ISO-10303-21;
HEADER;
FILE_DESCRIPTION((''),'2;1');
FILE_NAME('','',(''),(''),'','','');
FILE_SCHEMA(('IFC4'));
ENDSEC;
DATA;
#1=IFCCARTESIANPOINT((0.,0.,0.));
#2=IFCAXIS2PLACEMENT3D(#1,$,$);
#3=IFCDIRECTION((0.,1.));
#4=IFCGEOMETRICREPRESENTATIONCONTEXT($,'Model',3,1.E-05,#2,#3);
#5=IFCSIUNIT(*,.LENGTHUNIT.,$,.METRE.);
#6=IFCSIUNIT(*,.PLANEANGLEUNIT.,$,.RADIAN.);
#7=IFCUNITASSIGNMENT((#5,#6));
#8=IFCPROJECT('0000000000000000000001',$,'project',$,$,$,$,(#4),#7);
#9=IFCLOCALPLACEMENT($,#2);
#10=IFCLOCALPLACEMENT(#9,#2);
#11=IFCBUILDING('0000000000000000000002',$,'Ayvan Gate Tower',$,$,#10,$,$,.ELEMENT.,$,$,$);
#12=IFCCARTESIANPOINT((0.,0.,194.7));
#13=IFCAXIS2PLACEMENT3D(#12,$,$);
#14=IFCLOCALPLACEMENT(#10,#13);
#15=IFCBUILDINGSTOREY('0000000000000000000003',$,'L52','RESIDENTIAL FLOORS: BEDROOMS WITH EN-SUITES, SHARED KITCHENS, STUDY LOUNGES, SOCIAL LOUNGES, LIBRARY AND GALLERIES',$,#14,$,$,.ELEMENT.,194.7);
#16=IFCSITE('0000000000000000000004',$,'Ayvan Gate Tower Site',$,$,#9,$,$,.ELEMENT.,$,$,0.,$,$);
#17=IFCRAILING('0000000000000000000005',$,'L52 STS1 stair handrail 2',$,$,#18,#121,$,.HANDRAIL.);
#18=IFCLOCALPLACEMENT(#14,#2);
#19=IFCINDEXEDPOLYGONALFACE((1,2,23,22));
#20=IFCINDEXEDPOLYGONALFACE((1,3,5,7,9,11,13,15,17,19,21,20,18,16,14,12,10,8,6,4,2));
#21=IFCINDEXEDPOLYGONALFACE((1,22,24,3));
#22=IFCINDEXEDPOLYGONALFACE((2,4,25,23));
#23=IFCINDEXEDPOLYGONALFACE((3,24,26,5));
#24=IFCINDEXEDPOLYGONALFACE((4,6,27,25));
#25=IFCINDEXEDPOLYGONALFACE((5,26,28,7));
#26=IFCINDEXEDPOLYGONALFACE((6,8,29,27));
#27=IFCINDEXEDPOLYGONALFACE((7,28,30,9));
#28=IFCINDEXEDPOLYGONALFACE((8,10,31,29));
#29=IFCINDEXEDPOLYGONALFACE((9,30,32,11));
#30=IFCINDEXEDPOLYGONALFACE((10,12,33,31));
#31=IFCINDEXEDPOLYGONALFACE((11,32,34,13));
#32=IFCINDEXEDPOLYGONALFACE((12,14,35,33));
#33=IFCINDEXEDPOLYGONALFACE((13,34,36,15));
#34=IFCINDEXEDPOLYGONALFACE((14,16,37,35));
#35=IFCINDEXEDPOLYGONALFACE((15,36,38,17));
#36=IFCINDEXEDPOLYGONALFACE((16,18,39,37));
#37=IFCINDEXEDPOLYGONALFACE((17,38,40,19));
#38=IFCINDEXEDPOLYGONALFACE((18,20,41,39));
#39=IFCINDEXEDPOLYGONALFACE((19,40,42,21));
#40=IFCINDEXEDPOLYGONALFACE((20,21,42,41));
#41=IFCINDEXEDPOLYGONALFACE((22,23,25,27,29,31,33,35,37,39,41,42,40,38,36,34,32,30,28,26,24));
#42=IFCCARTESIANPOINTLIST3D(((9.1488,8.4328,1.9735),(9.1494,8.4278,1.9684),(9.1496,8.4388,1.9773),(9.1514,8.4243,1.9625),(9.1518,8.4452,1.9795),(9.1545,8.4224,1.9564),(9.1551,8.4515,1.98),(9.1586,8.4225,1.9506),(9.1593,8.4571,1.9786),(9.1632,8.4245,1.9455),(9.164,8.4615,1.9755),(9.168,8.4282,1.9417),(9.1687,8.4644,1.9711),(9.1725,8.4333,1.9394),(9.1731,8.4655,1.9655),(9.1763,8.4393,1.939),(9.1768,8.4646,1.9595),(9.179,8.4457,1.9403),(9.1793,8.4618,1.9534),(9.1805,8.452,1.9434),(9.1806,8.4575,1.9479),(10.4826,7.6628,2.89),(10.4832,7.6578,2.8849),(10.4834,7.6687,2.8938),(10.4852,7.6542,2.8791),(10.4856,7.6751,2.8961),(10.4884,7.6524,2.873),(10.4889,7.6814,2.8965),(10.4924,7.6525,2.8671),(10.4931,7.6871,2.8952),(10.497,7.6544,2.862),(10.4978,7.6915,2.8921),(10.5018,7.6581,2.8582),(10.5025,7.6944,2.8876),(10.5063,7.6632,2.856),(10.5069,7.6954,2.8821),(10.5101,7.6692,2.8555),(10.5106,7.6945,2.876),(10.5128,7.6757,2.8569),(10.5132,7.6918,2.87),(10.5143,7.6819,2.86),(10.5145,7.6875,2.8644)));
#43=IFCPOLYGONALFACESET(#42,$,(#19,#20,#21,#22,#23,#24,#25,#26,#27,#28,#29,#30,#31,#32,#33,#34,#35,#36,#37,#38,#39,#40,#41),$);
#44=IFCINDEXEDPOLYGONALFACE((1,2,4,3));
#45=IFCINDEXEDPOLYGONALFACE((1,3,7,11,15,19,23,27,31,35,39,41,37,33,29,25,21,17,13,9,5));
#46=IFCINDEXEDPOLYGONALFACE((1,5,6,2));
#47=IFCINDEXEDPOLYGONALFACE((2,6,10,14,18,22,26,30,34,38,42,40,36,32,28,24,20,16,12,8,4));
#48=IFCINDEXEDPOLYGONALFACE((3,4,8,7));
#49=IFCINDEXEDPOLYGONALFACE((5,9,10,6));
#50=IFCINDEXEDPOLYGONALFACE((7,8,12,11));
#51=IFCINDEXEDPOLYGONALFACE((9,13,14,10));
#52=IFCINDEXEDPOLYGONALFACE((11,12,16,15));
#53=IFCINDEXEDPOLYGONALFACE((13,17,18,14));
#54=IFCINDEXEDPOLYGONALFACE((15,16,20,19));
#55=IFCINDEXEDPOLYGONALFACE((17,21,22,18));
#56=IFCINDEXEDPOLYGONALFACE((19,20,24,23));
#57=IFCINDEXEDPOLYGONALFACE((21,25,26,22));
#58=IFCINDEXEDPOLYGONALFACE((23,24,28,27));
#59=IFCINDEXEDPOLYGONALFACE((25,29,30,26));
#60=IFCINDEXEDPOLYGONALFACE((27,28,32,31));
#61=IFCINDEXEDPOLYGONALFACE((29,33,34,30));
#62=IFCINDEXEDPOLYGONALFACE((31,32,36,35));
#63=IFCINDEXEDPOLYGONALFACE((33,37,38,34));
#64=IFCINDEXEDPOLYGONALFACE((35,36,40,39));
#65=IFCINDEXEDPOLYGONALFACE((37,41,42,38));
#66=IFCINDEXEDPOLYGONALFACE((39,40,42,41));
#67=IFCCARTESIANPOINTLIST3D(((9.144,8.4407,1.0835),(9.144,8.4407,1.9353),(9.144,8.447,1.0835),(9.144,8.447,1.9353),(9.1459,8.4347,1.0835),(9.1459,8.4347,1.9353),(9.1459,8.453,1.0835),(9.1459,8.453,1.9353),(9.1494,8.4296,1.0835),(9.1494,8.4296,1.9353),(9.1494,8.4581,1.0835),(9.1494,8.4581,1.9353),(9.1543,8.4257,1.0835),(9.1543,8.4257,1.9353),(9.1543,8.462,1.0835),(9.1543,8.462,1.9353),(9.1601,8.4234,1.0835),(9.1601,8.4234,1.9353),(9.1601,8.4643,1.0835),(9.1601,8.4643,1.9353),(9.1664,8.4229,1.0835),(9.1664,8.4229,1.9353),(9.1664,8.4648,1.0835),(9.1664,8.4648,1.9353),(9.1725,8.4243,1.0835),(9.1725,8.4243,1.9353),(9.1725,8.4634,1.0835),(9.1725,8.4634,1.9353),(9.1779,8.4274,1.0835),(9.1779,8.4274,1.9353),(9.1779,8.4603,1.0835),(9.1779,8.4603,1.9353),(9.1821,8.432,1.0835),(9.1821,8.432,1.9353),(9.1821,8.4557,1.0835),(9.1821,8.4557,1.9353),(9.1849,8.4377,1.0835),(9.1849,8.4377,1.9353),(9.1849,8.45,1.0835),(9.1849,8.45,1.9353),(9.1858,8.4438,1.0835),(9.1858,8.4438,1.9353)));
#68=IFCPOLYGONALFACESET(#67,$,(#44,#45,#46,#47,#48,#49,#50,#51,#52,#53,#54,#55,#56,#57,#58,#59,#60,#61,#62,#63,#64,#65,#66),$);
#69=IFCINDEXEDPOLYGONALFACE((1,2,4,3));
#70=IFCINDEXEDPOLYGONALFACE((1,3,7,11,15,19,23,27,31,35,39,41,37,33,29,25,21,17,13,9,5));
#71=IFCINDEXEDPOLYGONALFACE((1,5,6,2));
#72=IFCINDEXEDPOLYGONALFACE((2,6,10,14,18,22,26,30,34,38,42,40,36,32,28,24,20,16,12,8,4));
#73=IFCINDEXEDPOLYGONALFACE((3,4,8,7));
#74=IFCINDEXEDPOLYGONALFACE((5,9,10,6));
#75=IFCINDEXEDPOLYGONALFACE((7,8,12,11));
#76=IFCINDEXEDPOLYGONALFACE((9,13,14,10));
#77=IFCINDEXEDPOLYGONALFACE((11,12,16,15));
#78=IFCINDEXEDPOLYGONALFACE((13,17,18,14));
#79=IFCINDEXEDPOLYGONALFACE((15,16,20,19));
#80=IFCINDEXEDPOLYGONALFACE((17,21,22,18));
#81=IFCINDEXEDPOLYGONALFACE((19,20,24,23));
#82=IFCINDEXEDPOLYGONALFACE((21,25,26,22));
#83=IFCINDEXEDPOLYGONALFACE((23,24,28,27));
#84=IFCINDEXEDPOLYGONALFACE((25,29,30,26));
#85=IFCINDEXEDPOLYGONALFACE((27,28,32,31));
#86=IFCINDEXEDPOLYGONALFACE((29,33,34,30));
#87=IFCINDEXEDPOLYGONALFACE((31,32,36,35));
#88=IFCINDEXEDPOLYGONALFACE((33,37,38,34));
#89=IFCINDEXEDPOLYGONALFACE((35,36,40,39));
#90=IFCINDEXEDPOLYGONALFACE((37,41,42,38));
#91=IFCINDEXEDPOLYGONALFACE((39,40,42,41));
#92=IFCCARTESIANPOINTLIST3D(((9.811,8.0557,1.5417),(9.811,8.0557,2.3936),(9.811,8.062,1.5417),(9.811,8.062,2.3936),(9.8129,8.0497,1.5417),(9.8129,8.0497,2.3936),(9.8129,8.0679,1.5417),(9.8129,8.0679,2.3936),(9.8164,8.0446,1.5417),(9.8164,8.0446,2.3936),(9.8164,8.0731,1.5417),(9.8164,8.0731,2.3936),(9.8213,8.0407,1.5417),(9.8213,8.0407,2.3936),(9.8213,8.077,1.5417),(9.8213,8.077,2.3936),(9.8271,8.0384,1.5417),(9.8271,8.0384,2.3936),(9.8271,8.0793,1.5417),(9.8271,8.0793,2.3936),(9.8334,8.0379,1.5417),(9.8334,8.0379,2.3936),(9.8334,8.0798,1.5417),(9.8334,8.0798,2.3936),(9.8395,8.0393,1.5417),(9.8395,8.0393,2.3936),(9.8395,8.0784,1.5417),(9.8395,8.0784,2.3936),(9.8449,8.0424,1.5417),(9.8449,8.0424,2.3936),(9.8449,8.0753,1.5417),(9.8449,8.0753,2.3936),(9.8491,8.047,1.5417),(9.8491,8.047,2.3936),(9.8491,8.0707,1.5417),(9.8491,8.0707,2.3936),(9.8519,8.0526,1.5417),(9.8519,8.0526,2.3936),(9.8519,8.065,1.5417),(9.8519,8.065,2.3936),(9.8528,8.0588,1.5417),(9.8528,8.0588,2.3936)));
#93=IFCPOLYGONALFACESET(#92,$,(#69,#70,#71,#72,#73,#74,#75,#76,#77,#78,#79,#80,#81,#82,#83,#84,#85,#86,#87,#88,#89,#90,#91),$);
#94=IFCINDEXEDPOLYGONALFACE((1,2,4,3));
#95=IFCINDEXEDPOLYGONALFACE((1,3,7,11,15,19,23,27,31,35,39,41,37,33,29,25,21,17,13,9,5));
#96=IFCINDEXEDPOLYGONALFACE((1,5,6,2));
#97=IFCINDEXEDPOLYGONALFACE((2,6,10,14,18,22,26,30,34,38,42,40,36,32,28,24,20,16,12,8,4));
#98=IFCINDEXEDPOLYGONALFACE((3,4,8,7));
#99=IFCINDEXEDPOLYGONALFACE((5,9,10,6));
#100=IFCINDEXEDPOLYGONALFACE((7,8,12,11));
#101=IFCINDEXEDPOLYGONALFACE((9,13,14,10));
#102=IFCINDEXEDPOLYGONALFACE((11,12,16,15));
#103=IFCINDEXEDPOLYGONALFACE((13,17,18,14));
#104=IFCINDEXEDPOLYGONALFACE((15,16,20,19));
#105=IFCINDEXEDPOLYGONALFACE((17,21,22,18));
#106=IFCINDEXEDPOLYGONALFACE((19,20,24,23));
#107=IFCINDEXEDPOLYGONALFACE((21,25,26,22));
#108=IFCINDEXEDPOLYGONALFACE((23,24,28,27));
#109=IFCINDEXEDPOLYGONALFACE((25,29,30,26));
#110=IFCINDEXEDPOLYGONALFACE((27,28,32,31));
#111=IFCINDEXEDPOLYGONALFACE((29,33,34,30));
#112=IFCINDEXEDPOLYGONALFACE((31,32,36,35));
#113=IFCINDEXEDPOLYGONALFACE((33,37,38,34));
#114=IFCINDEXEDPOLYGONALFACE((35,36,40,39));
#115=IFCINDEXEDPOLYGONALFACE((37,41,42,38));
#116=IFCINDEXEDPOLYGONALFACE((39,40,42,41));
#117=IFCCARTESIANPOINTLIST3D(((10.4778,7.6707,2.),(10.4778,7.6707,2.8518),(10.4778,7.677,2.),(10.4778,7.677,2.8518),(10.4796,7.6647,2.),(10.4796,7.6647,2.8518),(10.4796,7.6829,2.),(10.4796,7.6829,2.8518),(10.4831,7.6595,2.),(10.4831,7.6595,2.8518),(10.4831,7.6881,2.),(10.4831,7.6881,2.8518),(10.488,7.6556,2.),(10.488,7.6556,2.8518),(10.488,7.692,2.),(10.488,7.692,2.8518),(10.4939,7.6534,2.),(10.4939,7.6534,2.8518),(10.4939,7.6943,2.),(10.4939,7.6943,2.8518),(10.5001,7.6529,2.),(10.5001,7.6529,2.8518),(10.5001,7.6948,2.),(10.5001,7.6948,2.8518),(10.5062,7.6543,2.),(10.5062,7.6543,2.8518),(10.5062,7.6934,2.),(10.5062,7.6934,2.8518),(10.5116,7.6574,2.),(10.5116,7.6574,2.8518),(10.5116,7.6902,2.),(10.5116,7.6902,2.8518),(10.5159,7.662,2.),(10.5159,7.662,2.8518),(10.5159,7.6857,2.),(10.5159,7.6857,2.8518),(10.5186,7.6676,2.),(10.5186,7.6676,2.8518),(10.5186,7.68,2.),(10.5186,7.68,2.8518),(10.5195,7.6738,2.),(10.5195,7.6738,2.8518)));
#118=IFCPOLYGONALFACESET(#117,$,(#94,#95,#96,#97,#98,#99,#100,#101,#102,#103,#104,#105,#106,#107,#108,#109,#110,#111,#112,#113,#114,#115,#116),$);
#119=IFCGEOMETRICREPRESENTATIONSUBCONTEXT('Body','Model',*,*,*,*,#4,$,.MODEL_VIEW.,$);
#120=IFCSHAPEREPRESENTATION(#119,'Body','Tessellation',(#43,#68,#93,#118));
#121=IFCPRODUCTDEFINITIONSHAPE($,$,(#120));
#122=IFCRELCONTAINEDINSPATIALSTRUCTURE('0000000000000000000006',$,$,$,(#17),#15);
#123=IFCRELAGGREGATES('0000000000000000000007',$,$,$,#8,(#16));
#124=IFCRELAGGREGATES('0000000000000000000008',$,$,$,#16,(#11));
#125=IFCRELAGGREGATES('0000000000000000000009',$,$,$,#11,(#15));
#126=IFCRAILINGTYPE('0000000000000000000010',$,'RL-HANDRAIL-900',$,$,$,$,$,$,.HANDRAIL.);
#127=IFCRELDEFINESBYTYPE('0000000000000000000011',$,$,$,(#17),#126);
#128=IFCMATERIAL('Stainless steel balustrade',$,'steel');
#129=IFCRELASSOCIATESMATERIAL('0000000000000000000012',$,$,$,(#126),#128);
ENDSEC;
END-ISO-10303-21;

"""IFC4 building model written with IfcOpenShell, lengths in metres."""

from ifc_helpers import new_model, si_unit, direction, frame, origin, origin_2d, place, context, subcontext, project, spatial, circle, extrude, material, type_object, element, save


model = new_model("IFC4")

# Units and contexts
model_context = context("Model", 3, precision=1e-05, world=origin(), true_north=direction((0.0, 1.0)))
body_context = subcontext(model_context, "Body", "Model", "MODEL_VIEW")
ifc_project = project(units=[si_unit("LENGTHUNIT", "METRE"), si_unit("PLANEANGLEUNIT", "RADIAN")], contexts=[model_context])

# Site, building, storey
site_placement = place(None, origin())
site = spatial("IfcSite", under=ifc_project, at=site_placement, Name="Ayvan Gate Tower Site", CompositionType="ELEMENT", RefElevation=0.0)
building_placement = place(site_placement, origin())
building = spatial("IfcBuilding", under=site, at=building_placement, Name="Ayvan Gate Tower", CompositionType="ELEMENT")
storey_placement = place(building_placement, frame((0.0, 0.0, 194.7)))
storey = spatial("IfcBuildingStorey", under=building, at=storey_placement, Name="L52", Description="RESIDENTIAL FLOORS: BEDROOMS WITH EN-SUITES, SHARED KITCHENS, STUDY LOUNGES, SOCIAL LOUNGES, LIBRARY AND GALLERIES", CompositionType="ELEMENT", Elevation=194.7)

# Railing
ifc_material_1 = material(Name="Stainless steel balustrade", Category="steel")
railing_type_1 = type_object("IfcRailingType", Name="RL-HANDRAIL-900", PredefinedType="HANDRAIL", material=ifc_material_1)
railing_1_placement = place(storey_placement, frame((9.1648, 8.4438, 1.0835)))
element("IfcRailing", 1, at=railing_1_placement, inside=storey, type_object=railing_type_1, Name="L52 STS1 stair handrail 2", PredefinedType="HANDRAIL", context=body_context, shape_type="SweptSolid", body=[
    extrude(circle(Radius=0.0239, at=origin_2d()), frame((0.0, 0.0, 0.876), z_axis=(0.744216, -0.429664, 0.511401), x_axis=(0.499992, 0.86603, 0.0)), (0.0, 0.0, 1.0), 1.7922),
    extrude(circle(Radius=0.021, at=origin_2d()), origin(), (0.0, 0.0, 1.0), 0.8518),
    extrude(circle(Radius=0.021, at=origin_2d()), frame((0.667, -0.385, 0.4583)), (0.0, 0.0, 1.0), 0.8518),
    extrude(circle(Radius=0.021, at=origin_2d()), frame((1.3337, -0.77, 0.9165)), (0.0, 0.0, 1.0), 0.8518),
])

save(model, "model.ifc")
